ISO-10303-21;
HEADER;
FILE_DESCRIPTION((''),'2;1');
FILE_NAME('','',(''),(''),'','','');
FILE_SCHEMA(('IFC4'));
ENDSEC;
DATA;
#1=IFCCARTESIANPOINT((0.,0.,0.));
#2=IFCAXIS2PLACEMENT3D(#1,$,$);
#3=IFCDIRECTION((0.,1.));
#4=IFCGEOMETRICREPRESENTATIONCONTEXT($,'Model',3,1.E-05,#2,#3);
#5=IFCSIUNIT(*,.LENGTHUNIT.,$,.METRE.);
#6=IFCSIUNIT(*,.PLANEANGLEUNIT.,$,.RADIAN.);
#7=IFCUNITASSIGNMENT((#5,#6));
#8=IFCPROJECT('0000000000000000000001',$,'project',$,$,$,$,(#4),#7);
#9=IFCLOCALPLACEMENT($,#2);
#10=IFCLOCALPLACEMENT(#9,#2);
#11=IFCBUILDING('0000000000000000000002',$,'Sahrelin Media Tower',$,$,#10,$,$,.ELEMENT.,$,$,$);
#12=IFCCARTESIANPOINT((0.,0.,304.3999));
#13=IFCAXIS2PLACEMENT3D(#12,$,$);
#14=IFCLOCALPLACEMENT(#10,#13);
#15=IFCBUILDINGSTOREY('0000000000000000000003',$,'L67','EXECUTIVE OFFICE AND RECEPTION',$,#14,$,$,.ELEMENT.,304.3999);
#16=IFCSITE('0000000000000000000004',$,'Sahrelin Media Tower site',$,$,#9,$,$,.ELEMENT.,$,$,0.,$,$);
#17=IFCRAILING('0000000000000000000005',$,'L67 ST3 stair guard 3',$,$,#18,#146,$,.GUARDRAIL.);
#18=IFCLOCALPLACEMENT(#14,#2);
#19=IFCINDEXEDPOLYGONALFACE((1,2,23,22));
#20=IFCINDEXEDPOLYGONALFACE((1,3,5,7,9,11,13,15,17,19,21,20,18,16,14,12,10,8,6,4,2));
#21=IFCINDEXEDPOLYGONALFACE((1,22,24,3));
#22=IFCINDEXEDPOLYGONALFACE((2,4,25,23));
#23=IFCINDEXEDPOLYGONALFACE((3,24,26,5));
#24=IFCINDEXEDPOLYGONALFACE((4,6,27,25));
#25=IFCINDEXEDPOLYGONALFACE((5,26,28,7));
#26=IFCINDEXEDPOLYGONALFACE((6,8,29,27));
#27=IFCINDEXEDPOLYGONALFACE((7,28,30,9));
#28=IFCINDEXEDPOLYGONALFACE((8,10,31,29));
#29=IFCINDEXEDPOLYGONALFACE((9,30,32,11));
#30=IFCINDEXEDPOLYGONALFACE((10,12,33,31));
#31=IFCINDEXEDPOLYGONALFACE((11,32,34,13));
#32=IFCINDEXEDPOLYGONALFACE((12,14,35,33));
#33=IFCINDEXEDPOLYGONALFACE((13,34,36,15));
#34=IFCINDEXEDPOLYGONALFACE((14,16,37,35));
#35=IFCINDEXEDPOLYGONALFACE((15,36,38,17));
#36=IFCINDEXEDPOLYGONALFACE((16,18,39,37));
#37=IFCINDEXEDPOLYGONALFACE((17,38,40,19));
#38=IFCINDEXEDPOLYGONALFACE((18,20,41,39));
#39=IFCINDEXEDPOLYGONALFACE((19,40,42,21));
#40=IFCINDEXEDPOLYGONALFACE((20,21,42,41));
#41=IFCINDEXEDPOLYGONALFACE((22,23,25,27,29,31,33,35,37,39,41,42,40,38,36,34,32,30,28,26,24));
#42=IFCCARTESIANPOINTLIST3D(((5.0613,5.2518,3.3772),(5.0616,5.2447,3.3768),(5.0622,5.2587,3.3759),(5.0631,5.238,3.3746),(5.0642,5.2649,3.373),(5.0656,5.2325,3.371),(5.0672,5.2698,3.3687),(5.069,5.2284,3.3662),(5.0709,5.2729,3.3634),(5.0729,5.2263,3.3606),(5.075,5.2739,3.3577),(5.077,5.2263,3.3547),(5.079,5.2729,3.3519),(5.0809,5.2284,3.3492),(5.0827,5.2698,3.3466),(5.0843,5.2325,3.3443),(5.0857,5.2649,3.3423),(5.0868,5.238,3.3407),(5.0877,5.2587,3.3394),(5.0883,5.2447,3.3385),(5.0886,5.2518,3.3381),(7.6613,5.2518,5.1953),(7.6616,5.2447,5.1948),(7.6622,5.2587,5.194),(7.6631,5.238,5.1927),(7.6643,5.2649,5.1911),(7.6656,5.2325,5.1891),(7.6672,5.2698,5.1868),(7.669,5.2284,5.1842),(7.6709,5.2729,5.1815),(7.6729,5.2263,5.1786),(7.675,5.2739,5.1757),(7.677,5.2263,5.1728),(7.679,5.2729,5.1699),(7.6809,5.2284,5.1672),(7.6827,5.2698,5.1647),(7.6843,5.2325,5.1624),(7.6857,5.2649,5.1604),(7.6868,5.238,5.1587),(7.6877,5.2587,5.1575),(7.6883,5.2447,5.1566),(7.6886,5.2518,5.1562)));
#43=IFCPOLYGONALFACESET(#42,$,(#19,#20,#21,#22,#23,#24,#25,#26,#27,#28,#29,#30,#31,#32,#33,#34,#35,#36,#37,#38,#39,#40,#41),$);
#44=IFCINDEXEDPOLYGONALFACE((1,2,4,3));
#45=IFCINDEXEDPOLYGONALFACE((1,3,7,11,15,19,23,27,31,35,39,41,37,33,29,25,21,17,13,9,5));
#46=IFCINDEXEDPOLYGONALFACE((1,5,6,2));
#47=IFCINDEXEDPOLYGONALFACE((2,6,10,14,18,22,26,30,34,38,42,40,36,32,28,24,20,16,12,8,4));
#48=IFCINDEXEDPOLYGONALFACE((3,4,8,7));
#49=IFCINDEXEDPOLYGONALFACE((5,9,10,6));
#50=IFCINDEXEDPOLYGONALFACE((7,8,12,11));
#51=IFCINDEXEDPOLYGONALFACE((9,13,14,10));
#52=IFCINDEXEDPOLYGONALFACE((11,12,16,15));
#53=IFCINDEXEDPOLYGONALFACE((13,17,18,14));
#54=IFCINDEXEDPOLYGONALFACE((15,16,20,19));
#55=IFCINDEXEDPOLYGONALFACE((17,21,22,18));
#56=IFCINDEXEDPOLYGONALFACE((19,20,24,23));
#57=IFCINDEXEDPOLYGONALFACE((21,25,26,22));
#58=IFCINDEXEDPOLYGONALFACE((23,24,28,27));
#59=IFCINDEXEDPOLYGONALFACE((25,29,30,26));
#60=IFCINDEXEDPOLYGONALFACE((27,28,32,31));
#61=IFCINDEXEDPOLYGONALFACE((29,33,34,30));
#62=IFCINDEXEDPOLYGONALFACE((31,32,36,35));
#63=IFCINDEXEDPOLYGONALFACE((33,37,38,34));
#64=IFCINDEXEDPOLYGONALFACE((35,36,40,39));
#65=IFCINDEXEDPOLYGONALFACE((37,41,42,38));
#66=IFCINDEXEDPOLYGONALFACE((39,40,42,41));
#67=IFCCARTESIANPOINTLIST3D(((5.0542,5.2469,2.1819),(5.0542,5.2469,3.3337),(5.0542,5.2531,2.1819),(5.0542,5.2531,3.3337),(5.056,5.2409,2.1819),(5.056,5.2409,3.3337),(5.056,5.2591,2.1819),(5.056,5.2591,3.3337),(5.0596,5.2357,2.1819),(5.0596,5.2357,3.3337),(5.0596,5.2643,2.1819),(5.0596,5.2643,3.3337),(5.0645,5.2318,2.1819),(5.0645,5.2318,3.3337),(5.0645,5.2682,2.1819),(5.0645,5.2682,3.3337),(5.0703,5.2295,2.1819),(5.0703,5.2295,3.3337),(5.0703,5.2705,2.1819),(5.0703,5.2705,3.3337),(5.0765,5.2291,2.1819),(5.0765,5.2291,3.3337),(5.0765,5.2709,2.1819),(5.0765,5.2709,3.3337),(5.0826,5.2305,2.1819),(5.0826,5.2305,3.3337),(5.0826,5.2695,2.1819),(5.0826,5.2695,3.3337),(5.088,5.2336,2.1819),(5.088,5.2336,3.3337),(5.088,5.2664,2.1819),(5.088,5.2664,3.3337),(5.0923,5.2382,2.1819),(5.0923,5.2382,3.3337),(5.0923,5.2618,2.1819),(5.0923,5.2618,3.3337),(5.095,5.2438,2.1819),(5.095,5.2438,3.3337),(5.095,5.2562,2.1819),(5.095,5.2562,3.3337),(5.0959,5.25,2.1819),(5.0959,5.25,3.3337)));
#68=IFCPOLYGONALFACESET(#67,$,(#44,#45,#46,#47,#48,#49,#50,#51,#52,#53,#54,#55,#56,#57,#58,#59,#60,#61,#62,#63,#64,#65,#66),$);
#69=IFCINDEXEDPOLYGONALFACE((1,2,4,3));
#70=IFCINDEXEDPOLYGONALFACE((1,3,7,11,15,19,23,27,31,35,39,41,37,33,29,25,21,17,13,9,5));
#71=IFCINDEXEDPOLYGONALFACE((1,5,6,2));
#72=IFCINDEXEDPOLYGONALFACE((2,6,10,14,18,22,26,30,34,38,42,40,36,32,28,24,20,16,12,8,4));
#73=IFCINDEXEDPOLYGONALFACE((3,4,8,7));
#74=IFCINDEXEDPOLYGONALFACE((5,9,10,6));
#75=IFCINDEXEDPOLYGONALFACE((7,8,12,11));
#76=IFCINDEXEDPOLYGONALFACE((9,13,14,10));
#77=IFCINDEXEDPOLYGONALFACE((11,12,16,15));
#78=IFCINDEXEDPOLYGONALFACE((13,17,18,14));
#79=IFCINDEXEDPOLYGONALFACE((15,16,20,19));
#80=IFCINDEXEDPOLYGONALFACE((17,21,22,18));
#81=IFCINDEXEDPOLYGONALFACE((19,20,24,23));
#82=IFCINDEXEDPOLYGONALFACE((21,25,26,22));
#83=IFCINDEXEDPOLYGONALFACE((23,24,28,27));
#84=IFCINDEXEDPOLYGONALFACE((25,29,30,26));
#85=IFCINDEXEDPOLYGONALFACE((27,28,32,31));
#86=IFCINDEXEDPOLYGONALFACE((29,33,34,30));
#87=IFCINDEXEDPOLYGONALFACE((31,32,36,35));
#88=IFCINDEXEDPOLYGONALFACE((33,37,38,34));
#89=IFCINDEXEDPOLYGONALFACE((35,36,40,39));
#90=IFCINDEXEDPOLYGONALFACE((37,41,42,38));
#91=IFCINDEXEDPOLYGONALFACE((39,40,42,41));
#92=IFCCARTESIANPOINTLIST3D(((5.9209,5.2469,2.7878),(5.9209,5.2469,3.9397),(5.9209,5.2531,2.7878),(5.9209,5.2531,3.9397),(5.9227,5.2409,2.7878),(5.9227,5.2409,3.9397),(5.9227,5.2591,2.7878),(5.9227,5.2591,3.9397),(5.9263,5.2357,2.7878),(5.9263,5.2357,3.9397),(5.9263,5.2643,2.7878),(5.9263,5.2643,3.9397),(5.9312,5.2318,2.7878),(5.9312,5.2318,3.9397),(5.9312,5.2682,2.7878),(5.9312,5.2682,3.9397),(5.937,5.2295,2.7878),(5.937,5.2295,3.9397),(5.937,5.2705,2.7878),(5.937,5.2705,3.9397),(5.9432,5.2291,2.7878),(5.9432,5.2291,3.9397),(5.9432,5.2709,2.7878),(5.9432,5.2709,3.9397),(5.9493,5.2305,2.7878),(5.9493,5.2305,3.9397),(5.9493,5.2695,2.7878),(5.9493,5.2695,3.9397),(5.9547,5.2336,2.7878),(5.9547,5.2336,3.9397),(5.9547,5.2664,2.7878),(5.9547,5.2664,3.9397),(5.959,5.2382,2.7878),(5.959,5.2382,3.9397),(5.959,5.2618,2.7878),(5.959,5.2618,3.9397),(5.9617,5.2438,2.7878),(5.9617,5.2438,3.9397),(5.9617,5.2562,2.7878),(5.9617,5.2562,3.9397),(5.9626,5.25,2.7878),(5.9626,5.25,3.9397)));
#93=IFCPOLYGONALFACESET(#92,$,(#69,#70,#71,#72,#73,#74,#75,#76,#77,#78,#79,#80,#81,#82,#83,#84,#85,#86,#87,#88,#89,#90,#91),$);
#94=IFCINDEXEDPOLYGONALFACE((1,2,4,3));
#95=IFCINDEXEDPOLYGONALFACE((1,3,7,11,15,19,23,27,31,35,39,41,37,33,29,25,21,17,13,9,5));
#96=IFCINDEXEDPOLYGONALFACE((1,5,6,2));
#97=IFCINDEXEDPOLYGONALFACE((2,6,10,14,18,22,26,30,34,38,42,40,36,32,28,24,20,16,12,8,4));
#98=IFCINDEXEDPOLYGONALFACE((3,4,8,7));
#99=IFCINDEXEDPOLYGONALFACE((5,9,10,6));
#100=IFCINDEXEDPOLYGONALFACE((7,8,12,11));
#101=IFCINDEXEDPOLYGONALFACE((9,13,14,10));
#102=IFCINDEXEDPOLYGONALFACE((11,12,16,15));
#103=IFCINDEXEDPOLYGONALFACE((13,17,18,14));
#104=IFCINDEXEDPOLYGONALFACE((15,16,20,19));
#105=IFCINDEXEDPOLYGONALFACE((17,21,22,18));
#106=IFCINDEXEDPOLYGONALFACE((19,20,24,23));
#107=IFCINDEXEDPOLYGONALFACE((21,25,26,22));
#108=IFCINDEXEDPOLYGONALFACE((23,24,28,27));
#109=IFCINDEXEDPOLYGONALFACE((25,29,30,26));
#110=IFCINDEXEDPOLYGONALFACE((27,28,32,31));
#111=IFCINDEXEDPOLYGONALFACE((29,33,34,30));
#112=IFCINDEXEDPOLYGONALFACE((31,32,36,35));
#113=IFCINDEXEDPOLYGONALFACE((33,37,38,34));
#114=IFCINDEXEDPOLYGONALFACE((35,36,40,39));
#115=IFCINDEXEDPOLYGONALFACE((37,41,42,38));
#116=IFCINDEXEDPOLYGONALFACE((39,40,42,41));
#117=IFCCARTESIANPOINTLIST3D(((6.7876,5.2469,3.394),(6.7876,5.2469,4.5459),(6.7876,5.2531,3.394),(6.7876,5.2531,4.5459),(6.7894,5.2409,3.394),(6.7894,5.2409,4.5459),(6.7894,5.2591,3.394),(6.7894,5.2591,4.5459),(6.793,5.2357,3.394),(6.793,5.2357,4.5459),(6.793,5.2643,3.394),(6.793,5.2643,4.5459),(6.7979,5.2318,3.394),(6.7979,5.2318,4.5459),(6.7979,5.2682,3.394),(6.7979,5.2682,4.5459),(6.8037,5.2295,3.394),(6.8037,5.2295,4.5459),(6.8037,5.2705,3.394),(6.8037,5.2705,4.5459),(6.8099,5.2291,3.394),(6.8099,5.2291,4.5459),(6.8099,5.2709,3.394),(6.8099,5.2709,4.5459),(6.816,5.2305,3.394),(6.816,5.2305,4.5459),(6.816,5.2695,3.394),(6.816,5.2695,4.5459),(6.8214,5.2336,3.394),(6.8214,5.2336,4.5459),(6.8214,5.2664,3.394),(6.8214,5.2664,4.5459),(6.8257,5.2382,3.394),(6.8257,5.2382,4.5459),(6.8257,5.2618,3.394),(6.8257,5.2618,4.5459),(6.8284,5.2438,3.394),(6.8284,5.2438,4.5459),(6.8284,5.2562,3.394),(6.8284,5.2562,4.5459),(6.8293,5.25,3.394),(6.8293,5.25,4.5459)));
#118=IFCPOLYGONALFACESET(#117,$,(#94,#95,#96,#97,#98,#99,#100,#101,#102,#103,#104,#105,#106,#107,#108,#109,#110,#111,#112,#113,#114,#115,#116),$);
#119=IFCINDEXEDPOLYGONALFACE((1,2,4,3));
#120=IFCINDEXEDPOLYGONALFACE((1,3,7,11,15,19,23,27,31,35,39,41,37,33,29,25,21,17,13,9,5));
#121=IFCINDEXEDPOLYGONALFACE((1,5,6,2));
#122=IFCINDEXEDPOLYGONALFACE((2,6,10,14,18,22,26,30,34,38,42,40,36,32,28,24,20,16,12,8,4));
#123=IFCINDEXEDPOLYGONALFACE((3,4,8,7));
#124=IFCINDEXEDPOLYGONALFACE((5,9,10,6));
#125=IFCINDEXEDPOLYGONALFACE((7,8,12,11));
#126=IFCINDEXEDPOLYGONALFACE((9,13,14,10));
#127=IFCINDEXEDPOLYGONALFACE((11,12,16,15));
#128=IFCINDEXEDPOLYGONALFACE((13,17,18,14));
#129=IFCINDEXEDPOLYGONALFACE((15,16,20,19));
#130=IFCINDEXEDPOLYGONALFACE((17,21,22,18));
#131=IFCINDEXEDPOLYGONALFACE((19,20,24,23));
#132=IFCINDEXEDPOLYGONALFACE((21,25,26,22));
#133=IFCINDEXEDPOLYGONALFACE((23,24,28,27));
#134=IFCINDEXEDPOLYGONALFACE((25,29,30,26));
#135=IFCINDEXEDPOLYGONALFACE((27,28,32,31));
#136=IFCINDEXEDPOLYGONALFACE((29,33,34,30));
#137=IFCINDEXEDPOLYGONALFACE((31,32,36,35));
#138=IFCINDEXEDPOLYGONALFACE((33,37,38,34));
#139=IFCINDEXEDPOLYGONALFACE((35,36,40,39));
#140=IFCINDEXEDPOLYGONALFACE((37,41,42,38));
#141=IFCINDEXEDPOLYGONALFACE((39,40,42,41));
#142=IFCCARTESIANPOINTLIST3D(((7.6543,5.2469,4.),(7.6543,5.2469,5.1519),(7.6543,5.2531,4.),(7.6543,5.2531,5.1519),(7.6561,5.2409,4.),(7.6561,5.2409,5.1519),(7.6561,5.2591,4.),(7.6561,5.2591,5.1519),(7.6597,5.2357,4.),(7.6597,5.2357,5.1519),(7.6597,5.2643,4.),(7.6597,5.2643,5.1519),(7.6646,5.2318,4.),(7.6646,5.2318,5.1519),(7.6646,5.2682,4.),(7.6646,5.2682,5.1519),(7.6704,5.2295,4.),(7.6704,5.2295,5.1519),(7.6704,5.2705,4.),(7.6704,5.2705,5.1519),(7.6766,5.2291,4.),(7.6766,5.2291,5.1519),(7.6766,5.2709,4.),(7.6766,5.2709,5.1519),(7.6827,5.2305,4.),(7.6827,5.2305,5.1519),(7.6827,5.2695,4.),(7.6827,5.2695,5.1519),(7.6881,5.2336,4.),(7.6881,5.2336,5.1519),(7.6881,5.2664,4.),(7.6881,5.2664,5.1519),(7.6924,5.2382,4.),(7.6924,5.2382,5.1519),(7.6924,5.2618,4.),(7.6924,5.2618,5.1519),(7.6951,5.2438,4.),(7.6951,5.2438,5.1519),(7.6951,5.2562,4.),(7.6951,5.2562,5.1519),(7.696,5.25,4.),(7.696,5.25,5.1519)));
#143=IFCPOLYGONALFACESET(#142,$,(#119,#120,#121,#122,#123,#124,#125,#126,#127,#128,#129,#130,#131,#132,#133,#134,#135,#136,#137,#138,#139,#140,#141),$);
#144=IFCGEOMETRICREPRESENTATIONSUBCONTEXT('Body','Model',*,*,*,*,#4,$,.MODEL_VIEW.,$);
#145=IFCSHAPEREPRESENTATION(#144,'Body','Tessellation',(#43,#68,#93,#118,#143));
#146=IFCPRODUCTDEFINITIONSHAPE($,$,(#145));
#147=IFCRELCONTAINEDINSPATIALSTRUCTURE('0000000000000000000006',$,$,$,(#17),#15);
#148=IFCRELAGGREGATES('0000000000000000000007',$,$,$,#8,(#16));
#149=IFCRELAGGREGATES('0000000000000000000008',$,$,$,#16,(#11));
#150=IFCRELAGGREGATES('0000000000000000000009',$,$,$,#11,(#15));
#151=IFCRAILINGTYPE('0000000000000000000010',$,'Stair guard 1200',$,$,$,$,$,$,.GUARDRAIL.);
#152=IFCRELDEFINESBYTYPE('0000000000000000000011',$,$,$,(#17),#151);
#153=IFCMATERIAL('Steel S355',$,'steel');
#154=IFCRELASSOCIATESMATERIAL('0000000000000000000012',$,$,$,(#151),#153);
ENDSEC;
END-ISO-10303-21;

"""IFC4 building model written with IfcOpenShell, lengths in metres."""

from ifc_helpers import new_model, si_unit, direction, frame, origin, origin_2d, place, context, subcontext, project, spatial, circle, extrude, material, type_object, element, save


model = new_model("IFC4")

# Units and contexts
model_context = context("Model", 3, precision=1e-05, world=origin(), true_north=direction((0.0, 1.0)))
body_context = subcontext(model_context, "Body", "Model", "MODEL_VIEW")
ifc_project = project(units=[si_unit("LENGTHUNIT", "METRE"), si_unit("PLANEANGLEUNIT", "RADIAN")], contexts=[model_context])

# Site, building, storey
site_placement = place(None, origin())
site = spatial("IfcSite", under=ifc_project, at=site_placement, Name="Sahrelin Media Tower site", CompositionType="ELEMENT", RefElevation=0.0)
building_placement = place(site_placement, origin())
building = spatial("IfcBuilding", under=site, at=building_placement, Name="Sahrelin Media Tower", CompositionType="ELEMENT")
storey_placement = place(building_placement, frame((0.0, 0.0, 304.3999)))
storey = spatial("IfcBuildingStorey", under=building, at=storey_placement, Name="L67", Description="EXECUTIVE OFFICE AND RECEPTION", CompositionType="ELEMENT", Elevation=304.3999)

# Shared definitions
ifc_material_1 = material(Name="Steel S355", Category="steel")

# Railing
railing_type_1 = type_object("IfcRailingType", Name="Stair guard 1200", PredefinedType="GUARDRAIL", material=ifc_material_1)
railing_1_placement = place(storey_placement, frame((5.075, 5.25, 2.1819)))
element("IfcRailing", 1, at=railing_1_placement, inside=storey, type_object=railing_type_1, Name="L67 ST3 stair guard 3", PredefinedType="GUARDRAIL", context=body_context, shape_type="SweptSolid", body=[
    extrude(circle(Radius=0.0239, at=origin_2d()), frame((0.0, 0.0, 1.1758), z_axis=(0.819521, 0.0, 0.573049), x_axis=(0.0, 1.0, 0.0)), (0.0, 0.0, 1.0), 3.1726),
    extrude(circle(Radius=0.021, at=origin_2d()), origin(), (0.0, 0.0, 1.0), 1.1519),
    extrude(circle(Radius=0.021, at=origin_2d()), frame((0.8667, 0.0, 0.606)), (0.0, 0.0, 1.0), 1.1519),
    extrude(circle(Radius=0.021, at=origin_2d()), frame((1.7334, 0.0, 1.2122)), (0.0, 0.0, 1.0), 1.1519),
    extrude(circle(Radius=0.021, at=origin_2d()), frame((2.6001, 0.0, 1.8181)), (0.0, 0.0, 1.0), 1.1519),
])

save(model, "model.ifc")
